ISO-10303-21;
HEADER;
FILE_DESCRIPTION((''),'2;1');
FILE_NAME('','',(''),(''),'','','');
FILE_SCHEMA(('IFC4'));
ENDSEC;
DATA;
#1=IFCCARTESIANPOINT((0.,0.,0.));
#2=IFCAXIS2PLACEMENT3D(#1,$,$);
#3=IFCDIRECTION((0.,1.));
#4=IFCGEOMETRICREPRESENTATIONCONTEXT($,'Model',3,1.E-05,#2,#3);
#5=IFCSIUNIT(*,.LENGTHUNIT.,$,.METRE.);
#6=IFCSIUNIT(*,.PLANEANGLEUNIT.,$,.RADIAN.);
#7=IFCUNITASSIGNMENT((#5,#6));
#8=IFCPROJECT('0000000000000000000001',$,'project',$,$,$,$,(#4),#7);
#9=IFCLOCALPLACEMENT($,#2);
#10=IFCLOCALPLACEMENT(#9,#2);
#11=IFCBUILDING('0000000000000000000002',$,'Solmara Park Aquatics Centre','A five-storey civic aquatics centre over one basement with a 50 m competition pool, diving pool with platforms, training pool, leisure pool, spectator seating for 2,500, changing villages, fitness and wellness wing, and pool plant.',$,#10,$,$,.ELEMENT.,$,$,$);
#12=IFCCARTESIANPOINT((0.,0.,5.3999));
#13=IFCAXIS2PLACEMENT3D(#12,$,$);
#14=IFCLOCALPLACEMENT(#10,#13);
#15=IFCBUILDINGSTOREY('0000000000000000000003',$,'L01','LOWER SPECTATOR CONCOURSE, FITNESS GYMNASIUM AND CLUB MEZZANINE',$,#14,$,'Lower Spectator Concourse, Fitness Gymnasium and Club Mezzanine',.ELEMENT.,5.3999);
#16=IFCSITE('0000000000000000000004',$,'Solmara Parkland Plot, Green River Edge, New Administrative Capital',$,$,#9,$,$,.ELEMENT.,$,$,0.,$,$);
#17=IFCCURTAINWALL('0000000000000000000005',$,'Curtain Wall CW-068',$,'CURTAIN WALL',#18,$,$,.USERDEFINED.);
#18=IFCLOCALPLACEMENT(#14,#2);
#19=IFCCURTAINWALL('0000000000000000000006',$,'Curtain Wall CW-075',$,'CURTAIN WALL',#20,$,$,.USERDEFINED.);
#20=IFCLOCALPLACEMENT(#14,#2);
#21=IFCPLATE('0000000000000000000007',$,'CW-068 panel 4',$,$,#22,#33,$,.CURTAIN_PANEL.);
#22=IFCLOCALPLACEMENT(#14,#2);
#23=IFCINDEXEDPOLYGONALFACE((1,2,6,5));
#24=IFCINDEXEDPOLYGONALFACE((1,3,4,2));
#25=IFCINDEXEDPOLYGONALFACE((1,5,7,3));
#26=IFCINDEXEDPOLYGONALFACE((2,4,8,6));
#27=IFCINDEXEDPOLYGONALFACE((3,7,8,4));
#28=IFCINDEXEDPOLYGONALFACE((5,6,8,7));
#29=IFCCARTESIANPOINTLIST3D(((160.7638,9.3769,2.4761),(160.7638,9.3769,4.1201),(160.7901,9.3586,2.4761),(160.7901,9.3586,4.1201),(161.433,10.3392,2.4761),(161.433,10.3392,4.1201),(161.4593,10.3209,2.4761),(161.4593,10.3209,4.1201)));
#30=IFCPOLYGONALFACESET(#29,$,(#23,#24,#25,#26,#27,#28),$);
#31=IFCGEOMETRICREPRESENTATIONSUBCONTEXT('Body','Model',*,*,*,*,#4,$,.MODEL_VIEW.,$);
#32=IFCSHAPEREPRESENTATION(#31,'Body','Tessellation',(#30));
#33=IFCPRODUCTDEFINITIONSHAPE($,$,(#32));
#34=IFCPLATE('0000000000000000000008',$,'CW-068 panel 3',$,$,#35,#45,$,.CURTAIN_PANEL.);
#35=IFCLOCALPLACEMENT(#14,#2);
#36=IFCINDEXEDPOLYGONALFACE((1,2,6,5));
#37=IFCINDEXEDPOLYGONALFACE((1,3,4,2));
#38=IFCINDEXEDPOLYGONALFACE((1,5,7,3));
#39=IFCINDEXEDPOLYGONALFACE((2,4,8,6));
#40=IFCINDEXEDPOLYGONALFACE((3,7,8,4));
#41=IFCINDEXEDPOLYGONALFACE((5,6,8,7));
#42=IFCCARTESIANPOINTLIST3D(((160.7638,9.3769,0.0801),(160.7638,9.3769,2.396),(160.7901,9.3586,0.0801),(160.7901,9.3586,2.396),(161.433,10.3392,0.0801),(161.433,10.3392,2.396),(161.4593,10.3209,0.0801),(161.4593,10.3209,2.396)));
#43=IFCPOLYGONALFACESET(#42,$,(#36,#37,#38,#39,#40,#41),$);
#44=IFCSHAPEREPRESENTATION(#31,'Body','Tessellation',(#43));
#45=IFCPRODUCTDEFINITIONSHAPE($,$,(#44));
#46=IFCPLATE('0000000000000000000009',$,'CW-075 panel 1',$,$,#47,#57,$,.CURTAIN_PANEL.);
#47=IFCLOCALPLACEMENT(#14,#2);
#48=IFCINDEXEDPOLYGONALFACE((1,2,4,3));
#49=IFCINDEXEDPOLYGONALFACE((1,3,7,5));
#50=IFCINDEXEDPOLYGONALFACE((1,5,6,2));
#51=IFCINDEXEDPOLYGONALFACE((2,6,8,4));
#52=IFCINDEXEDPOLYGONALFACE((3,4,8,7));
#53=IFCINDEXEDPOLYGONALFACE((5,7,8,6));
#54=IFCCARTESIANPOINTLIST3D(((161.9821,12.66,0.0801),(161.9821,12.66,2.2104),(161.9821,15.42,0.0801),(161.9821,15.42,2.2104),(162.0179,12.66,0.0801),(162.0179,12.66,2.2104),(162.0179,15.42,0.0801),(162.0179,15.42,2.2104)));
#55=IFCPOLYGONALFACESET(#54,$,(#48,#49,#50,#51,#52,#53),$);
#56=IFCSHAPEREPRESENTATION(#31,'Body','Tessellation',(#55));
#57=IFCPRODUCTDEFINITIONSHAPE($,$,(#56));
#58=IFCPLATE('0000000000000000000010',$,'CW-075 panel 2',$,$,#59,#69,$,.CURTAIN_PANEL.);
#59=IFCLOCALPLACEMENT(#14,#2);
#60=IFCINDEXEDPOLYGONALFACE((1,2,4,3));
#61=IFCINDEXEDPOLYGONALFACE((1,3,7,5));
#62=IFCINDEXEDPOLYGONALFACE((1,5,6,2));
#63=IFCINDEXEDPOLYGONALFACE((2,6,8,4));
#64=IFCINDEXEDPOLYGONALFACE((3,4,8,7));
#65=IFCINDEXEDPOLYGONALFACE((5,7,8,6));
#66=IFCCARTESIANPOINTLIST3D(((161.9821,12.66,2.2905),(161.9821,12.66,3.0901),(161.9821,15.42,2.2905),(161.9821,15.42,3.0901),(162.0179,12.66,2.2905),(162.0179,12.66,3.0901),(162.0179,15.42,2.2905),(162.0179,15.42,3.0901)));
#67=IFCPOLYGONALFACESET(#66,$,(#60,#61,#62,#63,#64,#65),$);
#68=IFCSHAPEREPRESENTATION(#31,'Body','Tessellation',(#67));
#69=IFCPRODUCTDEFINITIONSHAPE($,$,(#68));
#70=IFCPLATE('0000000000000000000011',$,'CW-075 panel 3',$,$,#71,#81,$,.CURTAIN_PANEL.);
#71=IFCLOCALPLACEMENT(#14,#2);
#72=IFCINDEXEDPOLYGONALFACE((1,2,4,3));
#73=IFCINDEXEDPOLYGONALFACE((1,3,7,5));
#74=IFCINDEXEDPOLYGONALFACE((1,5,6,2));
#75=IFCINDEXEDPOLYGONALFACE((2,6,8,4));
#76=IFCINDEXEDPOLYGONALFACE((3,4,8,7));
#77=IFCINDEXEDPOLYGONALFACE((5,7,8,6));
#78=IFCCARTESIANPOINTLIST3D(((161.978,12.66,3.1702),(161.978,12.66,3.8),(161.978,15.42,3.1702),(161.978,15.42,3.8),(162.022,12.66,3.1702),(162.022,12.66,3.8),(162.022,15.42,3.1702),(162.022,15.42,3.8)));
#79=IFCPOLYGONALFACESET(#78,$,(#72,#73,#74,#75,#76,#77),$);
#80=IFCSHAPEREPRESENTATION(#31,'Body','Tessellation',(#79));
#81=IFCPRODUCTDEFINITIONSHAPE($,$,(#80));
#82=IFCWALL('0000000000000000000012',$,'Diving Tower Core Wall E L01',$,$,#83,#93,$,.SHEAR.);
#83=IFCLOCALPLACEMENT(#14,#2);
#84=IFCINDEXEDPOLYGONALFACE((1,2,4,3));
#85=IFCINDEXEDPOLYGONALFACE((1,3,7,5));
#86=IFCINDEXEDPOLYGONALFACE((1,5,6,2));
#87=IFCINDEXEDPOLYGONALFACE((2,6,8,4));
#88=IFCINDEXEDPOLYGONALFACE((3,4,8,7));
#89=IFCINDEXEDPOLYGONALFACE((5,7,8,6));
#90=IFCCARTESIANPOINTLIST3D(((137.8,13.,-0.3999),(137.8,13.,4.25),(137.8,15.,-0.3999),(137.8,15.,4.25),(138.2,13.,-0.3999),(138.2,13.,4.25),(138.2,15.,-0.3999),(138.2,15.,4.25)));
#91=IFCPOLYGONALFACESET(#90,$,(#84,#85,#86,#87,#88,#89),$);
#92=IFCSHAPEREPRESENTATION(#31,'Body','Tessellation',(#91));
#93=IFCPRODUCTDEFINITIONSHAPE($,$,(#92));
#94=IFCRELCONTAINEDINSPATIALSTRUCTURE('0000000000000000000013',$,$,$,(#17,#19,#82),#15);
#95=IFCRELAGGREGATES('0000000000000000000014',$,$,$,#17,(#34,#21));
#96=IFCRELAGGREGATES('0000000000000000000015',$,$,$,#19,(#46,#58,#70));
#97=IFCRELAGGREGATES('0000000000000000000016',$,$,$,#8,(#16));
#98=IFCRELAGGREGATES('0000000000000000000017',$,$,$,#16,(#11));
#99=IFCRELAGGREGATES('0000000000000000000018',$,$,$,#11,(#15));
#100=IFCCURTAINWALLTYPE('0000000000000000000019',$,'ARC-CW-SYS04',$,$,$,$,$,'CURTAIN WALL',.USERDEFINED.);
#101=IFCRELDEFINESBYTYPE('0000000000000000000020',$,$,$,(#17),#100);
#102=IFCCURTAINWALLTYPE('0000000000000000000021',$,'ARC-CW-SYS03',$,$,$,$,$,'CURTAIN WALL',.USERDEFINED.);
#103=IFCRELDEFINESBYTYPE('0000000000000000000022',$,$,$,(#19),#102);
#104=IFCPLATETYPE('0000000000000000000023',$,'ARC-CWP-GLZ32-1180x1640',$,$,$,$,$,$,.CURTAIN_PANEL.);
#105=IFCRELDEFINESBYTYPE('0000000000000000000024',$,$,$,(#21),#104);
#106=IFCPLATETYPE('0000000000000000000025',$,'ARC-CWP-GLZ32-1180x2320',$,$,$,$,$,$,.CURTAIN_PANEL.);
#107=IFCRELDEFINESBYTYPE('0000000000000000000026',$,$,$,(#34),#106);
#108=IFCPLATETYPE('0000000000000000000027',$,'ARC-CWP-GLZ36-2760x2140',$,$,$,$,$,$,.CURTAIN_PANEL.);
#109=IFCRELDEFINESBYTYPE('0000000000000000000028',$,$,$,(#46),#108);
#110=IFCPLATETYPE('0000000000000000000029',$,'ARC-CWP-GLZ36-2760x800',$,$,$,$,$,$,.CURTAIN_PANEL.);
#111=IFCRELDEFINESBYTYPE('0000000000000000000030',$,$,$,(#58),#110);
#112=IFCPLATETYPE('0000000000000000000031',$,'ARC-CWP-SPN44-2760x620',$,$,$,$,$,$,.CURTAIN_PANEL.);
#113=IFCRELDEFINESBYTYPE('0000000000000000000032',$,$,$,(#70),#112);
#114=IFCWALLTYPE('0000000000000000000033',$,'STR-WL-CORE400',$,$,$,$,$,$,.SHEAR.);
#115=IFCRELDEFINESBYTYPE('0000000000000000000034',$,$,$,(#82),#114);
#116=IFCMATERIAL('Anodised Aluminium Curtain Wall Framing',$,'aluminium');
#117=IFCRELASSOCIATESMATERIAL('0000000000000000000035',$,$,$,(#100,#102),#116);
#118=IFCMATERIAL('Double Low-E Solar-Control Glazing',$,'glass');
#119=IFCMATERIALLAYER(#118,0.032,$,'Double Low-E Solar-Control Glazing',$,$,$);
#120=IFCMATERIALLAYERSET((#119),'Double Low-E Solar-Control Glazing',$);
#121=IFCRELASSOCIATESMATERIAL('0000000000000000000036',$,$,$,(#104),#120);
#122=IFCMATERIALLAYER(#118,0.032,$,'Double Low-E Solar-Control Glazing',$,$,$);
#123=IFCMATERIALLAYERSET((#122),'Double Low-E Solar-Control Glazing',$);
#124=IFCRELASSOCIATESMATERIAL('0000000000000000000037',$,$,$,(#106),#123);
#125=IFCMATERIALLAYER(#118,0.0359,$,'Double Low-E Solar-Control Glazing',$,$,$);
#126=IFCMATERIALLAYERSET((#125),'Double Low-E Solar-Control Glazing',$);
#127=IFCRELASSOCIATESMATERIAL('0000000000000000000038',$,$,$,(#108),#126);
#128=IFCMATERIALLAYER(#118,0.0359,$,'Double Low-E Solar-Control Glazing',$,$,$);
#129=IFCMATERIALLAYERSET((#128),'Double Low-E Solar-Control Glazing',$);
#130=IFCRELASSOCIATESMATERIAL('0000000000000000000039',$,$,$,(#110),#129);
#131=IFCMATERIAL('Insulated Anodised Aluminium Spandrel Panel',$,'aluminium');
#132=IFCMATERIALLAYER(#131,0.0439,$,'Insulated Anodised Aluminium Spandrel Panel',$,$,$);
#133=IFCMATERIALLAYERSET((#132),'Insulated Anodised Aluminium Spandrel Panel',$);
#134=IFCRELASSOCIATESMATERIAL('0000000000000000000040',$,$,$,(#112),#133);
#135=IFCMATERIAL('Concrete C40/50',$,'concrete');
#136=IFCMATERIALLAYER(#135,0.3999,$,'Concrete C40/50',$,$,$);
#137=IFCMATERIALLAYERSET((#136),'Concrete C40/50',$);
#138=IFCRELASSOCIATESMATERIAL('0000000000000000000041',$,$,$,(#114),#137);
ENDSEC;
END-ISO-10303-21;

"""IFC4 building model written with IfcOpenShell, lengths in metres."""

from ifc_helpers import new_model, si_unit, direction, frame, frame_2d, origin, origin_2d, place, context, subcontext, project, spatial, rectangle, extrude, material, layer, layer_set, type_object, element, aggregate, save


model = new_model("IFC4")

# Units and contexts
model_context = context("Model", 3, precision=1e-05, world=origin(), true_north=direction((0.0, 1.0)))
body_context = subcontext(model_context, "Body", "Model", "MODEL_VIEW")
ifc_project = project(units=[si_unit("LENGTHUNIT", "METRE"), si_unit("PLANEANGLEUNIT", "RADIAN")], contexts=[model_context])

# Site, building, storey
site_placement = place(None, origin())
site = spatial("IfcSite", under=ifc_project, at=site_placement, Name="Solmara Parkland Plot, Green River Edge, New Administrative Capital", CompositionType="ELEMENT", RefElevation=0.0)
building_placement = place(site_placement, origin())
building = spatial("IfcBuilding", under=site, at=building_placement, Name="Solmara Park Aquatics Centre", Description="A five-storey civic aquatics centre over one basement with a 50 m competition pool, diving pool with platforms, training pool, leisure pool, spectator seating for 2,500, changing villages, fitness and wellness wing, and pool plant.", CompositionType="ELEMENT")
storey_placement = place(building_placement, frame((0.0, 0.0, 5.3999)))
storey = spatial("IfcBuildingStorey", under=building, at=storey_placement, Name="L01", Description="LOWER SPECTATOR CONCOURSE, FITNESS GYMNASIUM AND CLUB MEZZANINE", LongName="Lower Spectator Concourse, Fitness Gymnasium and Club Mezzanine", CompositionType="ELEMENT", Elevation=5.3999)

# Shared definitions
ifc_material_1 = material(Name="Concrete C40/50", Category="concrete")

# Curtain wall
ifc_material_2 = material(Name="Anodised Aluminium Curtain Wall Framing", Category="aluminium")
curtain_wall_type_1 = type_object("IfcCurtainWallType", Name="ARC-CW-SYS04", ElementType="CURTAIN WALL", PredefinedType="USERDEFINED", material=ifc_material_2)
curtain_wall_1_placement = place(storey_placement, origin())
curtain_wall_1 = element("IfcCurtainWall", 1, at=curtain_wall_1_placement, inside=storey, type_object=curtain_wall_type_1, Name="Curtain Wall CW-068", ObjectType="CURTAIN WALL", PredefinedType="USERDEFINED")

# Curtain wall
curtain_wall_type_2 = type_object("IfcCurtainWallType", Name="ARC-CW-SYS03", ElementType="CURTAIN WALL", PredefinedType="USERDEFINED", material=ifc_material_2)
curtain_wall_2_placement = place(storey_placement, origin())
curtain_wall_2 = element("IfcCurtainWall", 2, at=curtain_wall_2_placement, inside=storey, type_object=curtain_wall_type_2, Name="Curtain Wall CW-075", ObjectType="CURTAIN WALL", PredefinedType="USERDEFINED")

# Plates
ifc_material_3 = material(Name="Double Low-E Solar-Control Glazing", Category="glass")
ifc_layer_1 = layer(ifc_material_3, 0.032, Name="Double Low-E Solar-Control Glazing")
ifc_layer_set_1 = layer_set([ifc_layer_1], Name="Double Low-E Solar-Control Glazing")
plate_type_1 = type_object("IfcPlateType", Name="ARC-CWP-GLZ32-1180x1640", PredefinedType="CURTAIN_PANEL", material=ifc_layer_set_1)
plate_1_placement = place(storey_placement, frame((161.1116, 9.8489, 2.4761), z_axis=(0.0, 0.0, 1.0), x_axis=(0.570927, 0.821001, 0.0)))
plate_1 = element("IfcPlate", 3, at=plate_1_placement, type_object=plate_type_1, Name="CW-068 panel 4", PredefinedType="CURTAIN_PANEL", context=body_context, shape_type="SweptSolid", body=[
    extrude(rectangle(XDim=1.1721, YDim=0.032, at=origin_2d()), origin(), (0.0, 0.0, 1.0), 1.644),
])
ifc_layer_2 = layer(ifc_material_3, 0.032, Name="Double Low-E Solar-Control Glazing")
ifc_layer_set_2 = layer_set([ifc_layer_2], Name="Double Low-E Solar-Control Glazing")
plate_type_2 = type_object("IfcPlateType", Name="ARC-CWP-GLZ32-1180x2320", PredefinedType="CURTAIN_PANEL", material=ifc_layer_set_2)
plate_2_placement = place(storey_placement, frame((161.1116, 9.8489, 0.0801), z_axis=(0.0, 0.0, 1.0), x_axis=(0.570927, 0.821001, 0.0)))
plate_2 = element("IfcPlate", 4, at=plate_2_placement, type_object=plate_type_2, Name="CW-068 panel 3", PredefinedType="CURTAIN_PANEL", context=body_context, shape_type="SweptSolid", body=[
    extrude(rectangle(XDim=1.1721, YDim=0.032, at=origin_2d()), origin(), (0.0, 0.0, 1.0), 2.3159),
])
aggregate(curtain_wall_1, [plate_2, plate_1])
ifc_layer_3 = layer(ifc_material_3, 0.0359, Name="Double Low-E Solar-Control Glazing")
ifc_layer_set_3 = layer_set([ifc_layer_3], Name="Double Low-E Solar-Control Glazing")
plate_type_3 = type_object("IfcPlateType", Name="ARC-CWP-GLZ36-2760x2140", PredefinedType="CURTAIN_PANEL", material=ifc_layer_set_3)
plate_3_placement = place(storey_placement, frame((162.0, 14.04, 0.0801), z_axis=(0.0, 0.0, 1.0), x_axis=(0.0, 1.0, 0.0)))
plate_3 = element("IfcPlate", 5, at=plate_3_placement, type_object=plate_type_3, Name="CW-075 panel 1", PredefinedType="CURTAIN_PANEL", context=body_context, shape_type="SweptSolid", body=[
    extrude(rectangle(XDim=2.76, YDim=0.0359, at=origin_2d()), origin(), (0.0, 0.0, 1.0), 2.1304),
])
ifc_layer_4 = layer(ifc_material_3, 0.0359, Name="Double Low-E Solar-Control Glazing")
ifc_layer_set_4 = layer_set([ifc_layer_4], Name="Double Low-E Solar-Control Glazing")
plate_type_4 = type_object("IfcPlateType", Name="ARC-CWP-GLZ36-2760x800", PredefinedType="CURTAIN_PANEL", material=ifc_layer_set_4)
plate_4_placement = place(storey_placement, frame((162.0, 14.04, 2.2905), z_axis=(0.0, 0.0, 1.0), x_axis=(0.0, 1.0, 0.0)))
plate_4 = element("IfcPlate", 6, at=plate_4_placement, type_object=plate_type_4, Name="CW-075 panel 2", PredefinedType="CURTAIN_PANEL", context=body_context, shape_type="SweptSolid", body=[
    extrude(rectangle(XDim=2.76, YDim=0.0359, at=origin_2d()), origin(), (0.0, 0.0, 1.0), 0.7996),
])
ifc_material_4 = material(Name="Insulated Anodised Aluminium Spandrel Panel", Category="aluminium")
ifc_layer_5 = layer(ifc_material_4, 0.0439, Name="Insulated Anodised Aluminium Spandrel Panel")
ifc_layer_set_5 = layer_set([ifc_layer_5], Name="Insulated Anodised Aluminium Spandrel Panel")
plate_type_5 = type_object("IfcPlateType", Name="ARC-CWP-SPN44-2760x620", PredefinedType="CURTAIN_PANEL", material=ifc_layer_set_5)
plate_5_placement = place(storey_placement, frame((162.0, 14.04, 3.1702), z_axis=(0.0, 0.0, 1.0), x_axis=(0.0, 1.0, 0.0)))
plate_5 = element("IfcPlate", 7, at=plate_5_placement, type_object=plate_type_5, Name="CW-075 panel 3", PredefinedType="CURTAIN_PANEL", context=body_context, shape_type="SweptSolid", body=[
    extrude(rectangle(XDim=2.76, YDim=0.0439, at=origin_2d()), origin(), (0.0, 0.0, 1.0), 0.6299),
])
aggregate(curtain_wall_2, [plate_3, plate_4, plate_5])

# Wall
ifc_layer_6 = layer(ifc_material_1, 0.3999, Name="Concrete C40/50")
ifc_layer_set_6 = layer_set([ifc_layer_6], Name="Concrete C40/50")
wall_type = type_object("IfcWallType", Name="STR-WL-CORE400", PredefinedType="SHEAR", material=ifc_layer_set_6)
wall_placement = place(storey_placement, frame((138.0, 13.0, -0.3999), z_axis=(0.0, 0.0, 1.0), x_axis=(0.0, 1.0, 0.0)))
element("IfcWall", 8, at=wall_placement, inside=storey, type_object=wall_type, Name="Diving Tower Core Wall E L01", PredefinedType="SHEAR", context=body_context, shape_type="SweptSolid", body=[
    extrude(rectangle(XDim=2.0, YDim=0.3999, at=frame_2d((1.0, 0.0))), origin(), (0.0, 0.0, 1.0), 4.6499),
])

save(model, "model.ifc")
